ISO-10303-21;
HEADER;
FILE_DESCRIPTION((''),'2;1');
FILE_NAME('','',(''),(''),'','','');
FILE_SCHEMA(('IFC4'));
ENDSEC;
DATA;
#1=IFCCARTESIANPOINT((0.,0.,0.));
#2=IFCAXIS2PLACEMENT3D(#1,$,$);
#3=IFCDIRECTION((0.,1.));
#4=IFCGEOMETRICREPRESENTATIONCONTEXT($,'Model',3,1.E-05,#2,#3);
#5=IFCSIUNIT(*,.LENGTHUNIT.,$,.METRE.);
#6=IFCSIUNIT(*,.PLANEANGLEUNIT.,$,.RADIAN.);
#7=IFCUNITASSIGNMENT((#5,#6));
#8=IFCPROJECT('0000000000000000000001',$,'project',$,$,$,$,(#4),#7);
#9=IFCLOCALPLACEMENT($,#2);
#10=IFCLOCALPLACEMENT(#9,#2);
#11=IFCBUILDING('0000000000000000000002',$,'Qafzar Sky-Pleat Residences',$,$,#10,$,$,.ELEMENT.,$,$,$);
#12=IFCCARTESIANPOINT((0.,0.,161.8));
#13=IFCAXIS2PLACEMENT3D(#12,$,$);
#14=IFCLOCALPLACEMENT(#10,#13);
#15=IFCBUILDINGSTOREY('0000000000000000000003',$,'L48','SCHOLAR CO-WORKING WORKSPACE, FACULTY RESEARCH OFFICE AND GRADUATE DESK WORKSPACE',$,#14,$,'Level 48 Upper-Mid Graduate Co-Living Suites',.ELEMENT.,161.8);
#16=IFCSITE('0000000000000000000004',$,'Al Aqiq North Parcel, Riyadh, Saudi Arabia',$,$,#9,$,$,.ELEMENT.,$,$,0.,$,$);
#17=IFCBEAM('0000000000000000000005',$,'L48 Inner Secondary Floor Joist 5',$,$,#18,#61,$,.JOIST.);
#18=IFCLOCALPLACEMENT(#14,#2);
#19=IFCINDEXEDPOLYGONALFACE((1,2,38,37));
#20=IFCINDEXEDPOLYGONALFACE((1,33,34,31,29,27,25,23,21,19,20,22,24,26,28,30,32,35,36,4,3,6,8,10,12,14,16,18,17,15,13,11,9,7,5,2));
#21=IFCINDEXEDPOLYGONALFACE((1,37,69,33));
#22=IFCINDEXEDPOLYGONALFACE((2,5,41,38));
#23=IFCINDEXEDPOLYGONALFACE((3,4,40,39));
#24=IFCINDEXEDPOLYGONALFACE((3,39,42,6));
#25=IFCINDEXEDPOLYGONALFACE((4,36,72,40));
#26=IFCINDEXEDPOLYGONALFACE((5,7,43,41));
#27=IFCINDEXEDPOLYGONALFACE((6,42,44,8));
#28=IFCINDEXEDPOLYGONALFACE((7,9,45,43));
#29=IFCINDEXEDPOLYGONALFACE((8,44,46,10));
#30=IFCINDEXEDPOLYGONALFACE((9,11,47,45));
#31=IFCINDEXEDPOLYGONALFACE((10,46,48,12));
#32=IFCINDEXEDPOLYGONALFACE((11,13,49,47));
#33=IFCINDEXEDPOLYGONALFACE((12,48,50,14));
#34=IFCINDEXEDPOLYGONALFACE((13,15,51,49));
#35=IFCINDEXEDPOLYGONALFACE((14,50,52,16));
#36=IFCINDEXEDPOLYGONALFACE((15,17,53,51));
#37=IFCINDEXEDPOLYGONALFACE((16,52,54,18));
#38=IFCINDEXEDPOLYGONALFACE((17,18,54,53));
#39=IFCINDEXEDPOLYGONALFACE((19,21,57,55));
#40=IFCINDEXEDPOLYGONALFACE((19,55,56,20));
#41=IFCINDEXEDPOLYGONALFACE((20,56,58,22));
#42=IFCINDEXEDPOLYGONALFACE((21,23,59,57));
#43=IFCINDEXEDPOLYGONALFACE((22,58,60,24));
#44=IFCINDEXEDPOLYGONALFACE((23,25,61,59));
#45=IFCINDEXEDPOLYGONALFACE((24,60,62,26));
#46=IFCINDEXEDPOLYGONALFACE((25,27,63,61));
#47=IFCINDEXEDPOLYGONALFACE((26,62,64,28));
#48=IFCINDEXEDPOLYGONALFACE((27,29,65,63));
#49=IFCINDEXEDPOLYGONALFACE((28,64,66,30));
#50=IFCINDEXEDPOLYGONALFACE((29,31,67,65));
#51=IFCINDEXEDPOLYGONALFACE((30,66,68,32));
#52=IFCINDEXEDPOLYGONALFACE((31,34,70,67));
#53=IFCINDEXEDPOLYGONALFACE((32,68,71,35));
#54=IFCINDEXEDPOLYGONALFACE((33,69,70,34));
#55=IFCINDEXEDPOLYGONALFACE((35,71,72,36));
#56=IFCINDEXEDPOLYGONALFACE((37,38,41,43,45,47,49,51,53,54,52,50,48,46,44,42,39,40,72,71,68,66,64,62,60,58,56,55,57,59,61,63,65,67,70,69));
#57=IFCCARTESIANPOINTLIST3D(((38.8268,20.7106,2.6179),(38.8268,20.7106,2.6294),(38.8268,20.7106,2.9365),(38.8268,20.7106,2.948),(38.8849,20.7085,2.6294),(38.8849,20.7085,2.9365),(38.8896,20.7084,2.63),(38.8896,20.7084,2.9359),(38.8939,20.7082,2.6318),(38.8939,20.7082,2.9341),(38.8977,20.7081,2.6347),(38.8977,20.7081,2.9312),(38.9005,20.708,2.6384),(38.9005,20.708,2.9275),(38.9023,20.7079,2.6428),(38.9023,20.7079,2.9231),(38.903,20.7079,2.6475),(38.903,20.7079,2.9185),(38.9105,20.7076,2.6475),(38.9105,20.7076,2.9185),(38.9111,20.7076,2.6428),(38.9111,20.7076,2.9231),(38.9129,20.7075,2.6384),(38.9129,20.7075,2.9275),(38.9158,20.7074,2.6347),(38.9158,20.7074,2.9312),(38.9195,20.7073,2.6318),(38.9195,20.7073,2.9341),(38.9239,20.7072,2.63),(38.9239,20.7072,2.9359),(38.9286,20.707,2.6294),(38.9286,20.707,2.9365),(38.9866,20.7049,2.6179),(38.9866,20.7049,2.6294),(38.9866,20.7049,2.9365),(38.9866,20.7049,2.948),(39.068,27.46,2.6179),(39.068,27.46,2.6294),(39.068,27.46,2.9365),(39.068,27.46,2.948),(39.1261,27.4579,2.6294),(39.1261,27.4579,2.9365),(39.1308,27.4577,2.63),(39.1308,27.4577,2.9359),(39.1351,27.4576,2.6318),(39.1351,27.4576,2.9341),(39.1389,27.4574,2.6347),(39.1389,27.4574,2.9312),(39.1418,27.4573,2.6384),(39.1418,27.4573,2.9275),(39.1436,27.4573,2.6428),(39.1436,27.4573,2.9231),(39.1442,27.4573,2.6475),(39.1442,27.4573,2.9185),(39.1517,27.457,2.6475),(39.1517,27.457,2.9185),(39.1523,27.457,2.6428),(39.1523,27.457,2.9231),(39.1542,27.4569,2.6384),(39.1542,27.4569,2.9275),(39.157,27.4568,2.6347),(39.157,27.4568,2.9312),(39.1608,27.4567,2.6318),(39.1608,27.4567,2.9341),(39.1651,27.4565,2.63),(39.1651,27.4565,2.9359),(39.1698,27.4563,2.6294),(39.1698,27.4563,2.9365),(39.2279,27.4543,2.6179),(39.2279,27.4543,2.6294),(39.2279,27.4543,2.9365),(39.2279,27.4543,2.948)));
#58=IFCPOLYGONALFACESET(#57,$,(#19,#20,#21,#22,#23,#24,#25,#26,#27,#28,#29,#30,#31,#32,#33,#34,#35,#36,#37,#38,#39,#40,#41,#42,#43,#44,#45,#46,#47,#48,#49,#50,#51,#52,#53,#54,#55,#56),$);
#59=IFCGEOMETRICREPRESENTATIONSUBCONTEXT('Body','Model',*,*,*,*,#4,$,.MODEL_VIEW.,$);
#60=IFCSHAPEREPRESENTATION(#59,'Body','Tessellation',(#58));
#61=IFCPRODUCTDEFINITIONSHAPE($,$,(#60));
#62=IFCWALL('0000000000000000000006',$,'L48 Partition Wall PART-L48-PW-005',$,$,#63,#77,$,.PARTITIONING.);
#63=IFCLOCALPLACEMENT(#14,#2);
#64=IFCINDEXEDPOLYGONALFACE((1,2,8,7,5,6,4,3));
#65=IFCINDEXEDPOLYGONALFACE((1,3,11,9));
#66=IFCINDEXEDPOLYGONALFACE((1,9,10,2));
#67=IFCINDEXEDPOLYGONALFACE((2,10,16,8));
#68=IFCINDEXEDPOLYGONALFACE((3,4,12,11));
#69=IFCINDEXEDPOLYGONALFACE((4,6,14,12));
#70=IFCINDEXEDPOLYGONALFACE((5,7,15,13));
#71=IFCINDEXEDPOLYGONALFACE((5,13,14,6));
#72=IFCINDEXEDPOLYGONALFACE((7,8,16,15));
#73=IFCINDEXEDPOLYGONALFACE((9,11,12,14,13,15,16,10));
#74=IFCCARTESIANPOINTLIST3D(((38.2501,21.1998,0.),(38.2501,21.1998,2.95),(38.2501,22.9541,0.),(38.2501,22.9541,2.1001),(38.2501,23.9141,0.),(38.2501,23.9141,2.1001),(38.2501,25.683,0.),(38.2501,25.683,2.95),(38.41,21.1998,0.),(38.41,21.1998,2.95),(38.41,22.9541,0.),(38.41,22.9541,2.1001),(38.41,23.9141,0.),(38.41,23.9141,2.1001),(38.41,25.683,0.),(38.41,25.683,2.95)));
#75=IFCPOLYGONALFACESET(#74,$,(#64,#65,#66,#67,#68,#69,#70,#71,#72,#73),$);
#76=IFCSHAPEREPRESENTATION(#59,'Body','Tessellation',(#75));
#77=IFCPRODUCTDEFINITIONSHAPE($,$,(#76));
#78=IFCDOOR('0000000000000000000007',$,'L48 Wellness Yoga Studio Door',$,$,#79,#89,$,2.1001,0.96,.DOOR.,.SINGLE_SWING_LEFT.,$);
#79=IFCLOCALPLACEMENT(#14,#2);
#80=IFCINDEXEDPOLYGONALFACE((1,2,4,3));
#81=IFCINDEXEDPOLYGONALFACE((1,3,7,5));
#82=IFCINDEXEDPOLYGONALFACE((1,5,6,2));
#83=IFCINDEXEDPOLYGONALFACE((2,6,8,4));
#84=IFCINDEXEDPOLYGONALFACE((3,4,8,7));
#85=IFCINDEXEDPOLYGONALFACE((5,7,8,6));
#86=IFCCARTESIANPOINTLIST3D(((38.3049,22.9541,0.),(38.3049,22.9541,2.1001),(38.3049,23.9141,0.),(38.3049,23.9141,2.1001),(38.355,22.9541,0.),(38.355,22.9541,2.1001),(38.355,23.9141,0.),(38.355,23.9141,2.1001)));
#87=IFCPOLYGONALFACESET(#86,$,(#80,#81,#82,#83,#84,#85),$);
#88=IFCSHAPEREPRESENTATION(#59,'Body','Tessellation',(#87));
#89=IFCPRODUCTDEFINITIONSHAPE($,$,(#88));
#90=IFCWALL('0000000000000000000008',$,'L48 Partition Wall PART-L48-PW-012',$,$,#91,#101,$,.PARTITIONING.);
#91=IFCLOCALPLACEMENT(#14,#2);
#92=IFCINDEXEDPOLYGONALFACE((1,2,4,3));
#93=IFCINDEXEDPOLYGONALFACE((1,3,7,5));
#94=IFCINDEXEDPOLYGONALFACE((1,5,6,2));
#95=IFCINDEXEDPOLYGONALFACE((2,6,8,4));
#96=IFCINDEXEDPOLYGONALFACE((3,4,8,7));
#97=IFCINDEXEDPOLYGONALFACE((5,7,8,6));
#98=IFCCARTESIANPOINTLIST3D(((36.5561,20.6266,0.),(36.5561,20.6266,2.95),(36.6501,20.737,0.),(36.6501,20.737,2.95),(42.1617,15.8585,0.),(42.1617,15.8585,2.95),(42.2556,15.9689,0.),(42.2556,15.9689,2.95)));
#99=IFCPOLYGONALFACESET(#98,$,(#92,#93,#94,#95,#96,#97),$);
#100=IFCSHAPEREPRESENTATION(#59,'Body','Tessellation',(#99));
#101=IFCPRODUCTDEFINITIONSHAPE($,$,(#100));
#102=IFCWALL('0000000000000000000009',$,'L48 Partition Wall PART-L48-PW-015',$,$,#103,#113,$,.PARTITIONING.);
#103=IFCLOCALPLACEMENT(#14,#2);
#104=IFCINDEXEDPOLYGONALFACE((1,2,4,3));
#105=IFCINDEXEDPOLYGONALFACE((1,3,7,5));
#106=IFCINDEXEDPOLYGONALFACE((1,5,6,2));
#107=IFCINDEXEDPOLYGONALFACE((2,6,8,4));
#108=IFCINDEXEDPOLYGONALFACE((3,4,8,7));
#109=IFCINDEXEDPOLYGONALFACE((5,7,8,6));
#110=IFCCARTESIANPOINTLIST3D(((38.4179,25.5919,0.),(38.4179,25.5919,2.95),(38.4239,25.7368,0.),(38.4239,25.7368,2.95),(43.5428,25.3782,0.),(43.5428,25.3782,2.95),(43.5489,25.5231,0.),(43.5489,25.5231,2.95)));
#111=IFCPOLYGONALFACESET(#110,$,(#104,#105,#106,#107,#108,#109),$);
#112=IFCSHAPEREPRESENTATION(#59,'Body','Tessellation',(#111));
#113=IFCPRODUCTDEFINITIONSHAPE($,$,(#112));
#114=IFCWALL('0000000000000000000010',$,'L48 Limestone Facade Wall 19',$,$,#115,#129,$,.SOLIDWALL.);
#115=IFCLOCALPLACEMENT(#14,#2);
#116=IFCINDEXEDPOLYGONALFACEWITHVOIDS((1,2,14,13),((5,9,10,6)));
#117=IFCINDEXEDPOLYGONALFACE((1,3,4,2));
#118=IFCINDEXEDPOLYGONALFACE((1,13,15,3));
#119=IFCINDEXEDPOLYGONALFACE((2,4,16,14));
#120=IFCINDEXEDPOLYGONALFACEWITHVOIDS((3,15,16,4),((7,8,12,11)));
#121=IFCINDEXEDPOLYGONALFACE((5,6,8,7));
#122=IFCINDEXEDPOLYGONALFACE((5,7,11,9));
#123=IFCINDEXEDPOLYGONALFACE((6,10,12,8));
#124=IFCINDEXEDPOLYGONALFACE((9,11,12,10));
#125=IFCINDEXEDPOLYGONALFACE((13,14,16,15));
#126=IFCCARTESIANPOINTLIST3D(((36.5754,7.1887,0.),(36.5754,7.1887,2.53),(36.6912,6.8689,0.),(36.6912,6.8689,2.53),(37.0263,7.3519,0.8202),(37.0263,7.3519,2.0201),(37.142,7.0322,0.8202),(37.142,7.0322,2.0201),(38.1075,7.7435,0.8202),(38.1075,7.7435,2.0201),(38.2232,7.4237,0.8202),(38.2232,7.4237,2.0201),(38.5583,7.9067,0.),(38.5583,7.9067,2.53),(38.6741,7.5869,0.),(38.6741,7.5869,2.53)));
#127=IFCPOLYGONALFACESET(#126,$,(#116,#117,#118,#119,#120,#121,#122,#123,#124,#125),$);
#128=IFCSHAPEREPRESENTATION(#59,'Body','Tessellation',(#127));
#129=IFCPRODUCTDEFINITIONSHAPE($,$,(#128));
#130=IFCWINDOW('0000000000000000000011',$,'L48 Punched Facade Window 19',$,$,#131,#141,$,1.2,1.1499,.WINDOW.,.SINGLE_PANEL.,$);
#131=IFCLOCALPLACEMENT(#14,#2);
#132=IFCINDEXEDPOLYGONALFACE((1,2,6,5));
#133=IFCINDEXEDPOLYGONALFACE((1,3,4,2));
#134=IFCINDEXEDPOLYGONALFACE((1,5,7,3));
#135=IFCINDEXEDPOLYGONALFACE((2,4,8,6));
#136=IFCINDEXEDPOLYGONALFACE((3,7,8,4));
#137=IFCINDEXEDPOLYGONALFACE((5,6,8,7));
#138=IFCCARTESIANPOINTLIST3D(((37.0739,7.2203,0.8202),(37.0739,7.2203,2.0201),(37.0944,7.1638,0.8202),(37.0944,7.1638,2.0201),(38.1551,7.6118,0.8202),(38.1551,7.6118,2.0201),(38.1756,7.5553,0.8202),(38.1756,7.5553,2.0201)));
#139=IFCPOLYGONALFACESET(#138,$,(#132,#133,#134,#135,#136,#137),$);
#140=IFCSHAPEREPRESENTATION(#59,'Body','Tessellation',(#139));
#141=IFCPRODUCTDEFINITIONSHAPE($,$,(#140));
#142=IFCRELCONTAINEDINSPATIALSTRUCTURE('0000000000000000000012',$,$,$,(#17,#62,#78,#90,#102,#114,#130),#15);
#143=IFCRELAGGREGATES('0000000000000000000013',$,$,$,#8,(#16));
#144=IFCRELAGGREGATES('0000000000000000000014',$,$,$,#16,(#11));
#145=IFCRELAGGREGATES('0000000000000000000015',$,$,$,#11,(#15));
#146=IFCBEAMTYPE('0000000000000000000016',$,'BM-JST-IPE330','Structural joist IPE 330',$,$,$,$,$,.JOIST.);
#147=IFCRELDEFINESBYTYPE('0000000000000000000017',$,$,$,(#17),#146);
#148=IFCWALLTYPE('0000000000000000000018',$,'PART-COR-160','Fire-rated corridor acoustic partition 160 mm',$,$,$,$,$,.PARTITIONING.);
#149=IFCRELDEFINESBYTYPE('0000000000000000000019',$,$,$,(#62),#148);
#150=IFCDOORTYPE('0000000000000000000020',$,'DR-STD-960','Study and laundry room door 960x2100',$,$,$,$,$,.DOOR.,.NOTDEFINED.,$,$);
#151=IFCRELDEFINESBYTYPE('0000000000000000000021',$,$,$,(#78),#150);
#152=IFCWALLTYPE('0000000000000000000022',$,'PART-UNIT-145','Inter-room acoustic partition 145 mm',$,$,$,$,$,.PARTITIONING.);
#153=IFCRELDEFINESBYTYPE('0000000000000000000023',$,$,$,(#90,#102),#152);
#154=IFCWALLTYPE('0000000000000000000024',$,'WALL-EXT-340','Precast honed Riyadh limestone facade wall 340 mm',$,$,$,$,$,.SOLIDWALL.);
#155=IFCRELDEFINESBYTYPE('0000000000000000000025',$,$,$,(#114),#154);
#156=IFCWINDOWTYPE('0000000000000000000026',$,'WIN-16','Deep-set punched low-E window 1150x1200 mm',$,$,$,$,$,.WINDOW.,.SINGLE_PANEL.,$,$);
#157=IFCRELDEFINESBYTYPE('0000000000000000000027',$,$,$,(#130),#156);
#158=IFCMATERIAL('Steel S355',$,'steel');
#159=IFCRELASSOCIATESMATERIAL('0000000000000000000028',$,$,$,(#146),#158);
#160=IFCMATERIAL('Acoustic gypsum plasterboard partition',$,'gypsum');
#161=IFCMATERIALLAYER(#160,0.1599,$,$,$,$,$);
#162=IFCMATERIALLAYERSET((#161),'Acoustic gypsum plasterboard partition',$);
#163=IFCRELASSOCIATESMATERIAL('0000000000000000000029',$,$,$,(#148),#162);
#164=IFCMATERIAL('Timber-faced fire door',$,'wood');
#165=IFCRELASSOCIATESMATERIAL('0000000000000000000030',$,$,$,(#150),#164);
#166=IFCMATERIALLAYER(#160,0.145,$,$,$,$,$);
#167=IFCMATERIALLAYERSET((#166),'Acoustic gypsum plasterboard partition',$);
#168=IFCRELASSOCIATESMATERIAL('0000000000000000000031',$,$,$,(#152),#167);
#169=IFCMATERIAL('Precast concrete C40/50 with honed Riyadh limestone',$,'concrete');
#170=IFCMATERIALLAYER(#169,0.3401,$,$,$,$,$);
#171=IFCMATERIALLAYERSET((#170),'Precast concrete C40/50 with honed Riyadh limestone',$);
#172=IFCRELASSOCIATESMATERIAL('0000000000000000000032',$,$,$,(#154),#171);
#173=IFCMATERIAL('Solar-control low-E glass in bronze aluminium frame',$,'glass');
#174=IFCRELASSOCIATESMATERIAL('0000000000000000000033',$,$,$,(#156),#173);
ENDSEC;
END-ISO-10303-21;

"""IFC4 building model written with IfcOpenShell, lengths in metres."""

from ifc_helpers import new_model, si_unit, direction, frame, frame_2d, origin, origin_2d, place, context, subcontext, project, spatial, rectangle, i_section, extrude, source, transform, mapped, material, layer, layer_set, material_profile, profile_set, type_object, element, fill, save


model = new_model("IFC4")

# Units and contexts
model_context = context("Model", 3, precision=1e-05, world=origin(), true_north=direction((0.0, 1.0)))
body_context = subcontext(model_context, "Body", "Model", "MODEL_VIEW")
ifc_project = project(units=[si_unit("LENGTHUNIT", "METRE"), si_unit("PLANEANGLEUNIT", "RADIAN")], contexts=[model_context])

# Site, building, storey
site_placement = place(None, origin())
site = spatial("IfcSite", under=ifc_project, at=site_placement, Name="Al Aqiq North Parcel, Riyadh, Saudi Arabia", CompositionType="ELEMENT", RefElevation=0.0)
building_placement = place(site_placement, origin())
building = spatial("IfcBuilding", under=site, at=building_placement, Name="Qafzar Sky-Pleat Residences", CompositionType="ELEMENT")
storey_placement = place(building_placement, frame((0.0, 0.0, 161.8)))
storey = spatial("IfcBuildingStorey", under=building, at=storey_placement, Name="L48", Description="SCHOLAR CO-WORKING WORKSPACE, FACULTY RESEARCH OFFICE AND GRADUATE DESK WORKSPACE", LongName="Level 48 Upper-Mid Graduate Co-Living Suites", CompositionType="ELEMENT", Elevation=161.8)

# Shared definitions
ifc_material_1 = material(Name="Steel S355", Category="steel")

# Beam
ifc_material_profile_1 = material_profile(ifc_material_1, i_section(OverallWidth=0.1599, OverallDepth=0.3301, WebThickness=0.0076, FlangeThickness=0.0115, FilletRadius=0.0181, at=origin_2d()), Name="IPE 330")
ifc_profile_set_1 = profile_set([ifc_material_profile_1], Name="Steel S355")
beam_type_1 = type_object("IfcBeamType", Name="BM-JST-IPE330", Description="Structural joist IPE 330", PredefinedType="JOIST", material=ifc_profile_set_1)
shared_shape_1 = source(origin(), body_context, "Body", "SweptSolid", [
    extrude(i_section(OverallWidth=0.1599, OverallDepth=0.3301, WebThickness=0.0076, FlangeThickness=0.0115, FilletRadius=0.0181, at=origin_2d()), origin(), (0.0, 0.0, 1.0), 6.7537),
])
beam_1_placement = place(storey_placement, frame((38.9067, 20.7078, 2.783), z_axis=(0.035716, 0.999362, 0.0), x_axis=(-0.999362, 0.035716, 0.0)))
element("IfcBeam", 1, at=beam_1_placement, inside=storey, type_object=beam_type_1, Name="L48 Inner Secondary Floor Joist 5", PredefinedType="JOIST", context=body_context, shape_type="MappedRepresentation", body=[
    mapped(shared_shape_1, transform((0.0, 0.0, 0.0), x_axis=(1.0, 0.0, 0.0), y_axis=(0.0, 1.0, 0.0), z_axis=(0.0, 0.0, 1.0), scale=1.0)),
])

# Wall, opening, door
ifc_material_2 = material(Name="Acoustic gypsum plasterboard partition", Category="gypsum")
ifc_layer_1 = layer(ifc_material_2, 0.1599)
ifc_layer_set_1 = layer_set([ifc_layer_1], Name="Acoustic gypsum plasterboard partition")
wall_type_1 = type_object("IfcWallType", Name="PART-COR-160", Description="Fire-rated corridor acoustic partition 160 mm", PredefinedType="PARTITIONING", material=ifc_layer_set_1)
wall_1_placement = place(storey_placement, frame((38.3301, 25.6831, 0.0), z_axis=(0.0, 0.0, 1.0), x_axis=(0.0, -1.0, 0.0)))
wall_1 = element("IfcWall", 2, at=wall_1_placement, inside=storey, type_object=wall_type_1, Name="L48 Partition Wall PART-L48-PW-005", PredefinedType="PARTITIONING", context=body_context, shape_type="SweptSolid", body=[
    extrude(rectangle(XDim=4.4832, YDim=0.1599, at=frame_2d((2.2417, 0.0))), origin(), (0.0, 0.0, 1.0), 2.95),
])
opening_1_placement = place(wall_1_placement, frame((1.769, 0.0, 0.0)))
opening_1 = element("IfcOpeningElement", 3, at=opening_1_placement, cuts=wall_1, PredefinedType="OPENING", context=body_context, shape_type="SweptSolid", body=[
    extrude(rectangle(XDim=0.96, YDim=2.1001, at=frame_2d((0.48, 1.05))), frame((0.0, 0.0898, 0.0), z_axis=(0.0, -1.0, 0.0), x_axis=(1.0, 0.0, 0.0)), (0.0, 0.0, 1.0), 0.1799),
])
ifc_material_3 = material(Name="Timber-faced fire door", Category="wood")
door_type = type_object("IfcDoorType", Name="DR-STD-960", Description="Study and laundry room door 960x2100", OperationType="NOTDEFINED", PredefinedType="DOOR", material=ifc_material_3)
shared_shape_2 = source(origin(), body_context, "Body", "SweptSolid", [
    extrude(rectangle(XDim=0.96, YDim=2.1001, at=frame_2d((0.48, 1.05))), frame((0.0, 0.0249, 0.0), z_axis=(0.0, -1.0, 0.0), x_axis=(1.0, 0.0, 0.0)), (0.0, 0.0, 1.0), 0.05),
])
door_placement = place(opening_1_placement, origin())
door = element("IfcDoor", 4, at=door_placement, inside=storey, type_object=door_type, Name="L48 Wellness Yoga Studio Door", OperationType="SINGLE_SWING_LEFT", OverallHeight=2.1001, OverallWidth=0.96, PredefinedType="DOOR", context=body_context, shape_type="MappedRepresentation", body=[
    mapped(shared_shape_2, transform((0.0, 0.0, 0.0), x_axis=(1.0, 0.0, 0.0), y_axis=(0.0, 1.0, 0.0), z_axis=(0.0, 0.0, 1.0), scale=1.0)),
])
fill(opening_1, door)

# Walls
ifc_layer_2 = layer(ifc_material_2, 0.145)
ifc_layer_set_2 = layer_set([ifc_layer_2], Name="Acoustic gypsum plasterboard partition")
wall_type_2 = type_object("IfcWallType", Name="PART-UNIT-145", Description="Inter-room acoustic partition 145 mm", PredefinedType="PARTITIONING", material=ifc_layer_set_2)
wall_2_placement = place(storey_placement, frame((36.603, 20.6819, 0.0), z_axis=(0.0, 0.0, 1.0), x_axis=(0.76171, -0.647918, 0.0)))
element("IfcWall", 5, at=wall_2_placement, inside=storey, type_object=wall_type_2, Name="L48 Partition Wall PART-L48-PW-012", PredefinedType="PARTITIONING", context=body_context, shape_type="SweptSolid", body=[
    extrude(rectangle(XDim=7.3591, YDim=0.145, at=frame_2d((3.6797, 0.0))), origin(), (0.0, 0.0, 1.0), 2.95),
])
wall_3_placement = place(storey_placement, frame((38.4209, 25.6643, 0.0), z_axis=(0.0, 0.0, 1.0), x_axis=(0.999132, -0.041646, 0.0)))
element("IfcWall", 6, at=wall_3_placement, inside=storey, type_object=wall_type_2, Name="L48 Partition Wall PART-L48-PW-015", PredefinedType="PARTITIONING", context=body_context, shape_type="SweptSolid", body=[
    extrude(rectangle(XDim=5.1294, YDim=0.145, at=frame_2d((2.5647, 0.0))), origin(), (0.0, 0.0, 1.0), 2.95),
])

# Wall, opening, window
ifc_material_4 = material(Name="Precast concrete C40/50 with honed Riyadh limestone", Category="concrete")
ifc_layer_3 = layer(ifc_material_4, 0.3401)
ifc_layer_set_3 = layer_set([ifc_layer_3], Name="Precast concrete C40/50 with honed Riyadh limestone")
wall_type_3 = type_object("IfcWallType", Name="WALL-EXT-340", Description="Precast honed Riyadh limestone facade wall 340 mm", PredefinedType="SOLIDWALL", material=ifc_layer_set_3)
wall_4_placement = place(storey_placement, frame((36.6333, 7.0288, 0.0), z_axis=(0.0, 0.0, 1.0), x_axis=(0.940256, 0.340469, 0.0)))
wall_4 = element("IfcWall", 7, at=wall_4_placement, inside=storey, type_object=wall_type_3, Name="L48 Limestone Facade Wall 19", PredefinedType="SOLIDWALL", context=body_context, shape_type="SweptSolid", body=[
    extrude(rectangle(XDim=2.1089, YDim=0.3401, at=frame_2d((1.0544, 0.0))), origin(), (0.0, 0.0, 1.0), 2.53),
])
opening_2_placement = place(wall_4_placement, frame((0.4795, 0.0, 0.8201)))
opening_2 = element("IfcOpeningElement", 8, at=opening_2_placement, cuts=wall_4, PredefinedType="OPENING", context=body_context, shape_type="SweptSolid", body=[
    extrude(rectangle(XDim=1.1499, YDim=1.2, at=frame_2d((0.575, 0.6001))), frame((0.0, 0.1802, 0.0), z_axis=(0.0, -1.0, 0.0), x_axis=(1.0, 0.0, 0.0)), (0.0, 0.0, 1.0), 0.3601),
])
ifc_material_5 = material(Name="Solar-control low-E glass in bronze aluminium frame", Category="glass")
window_type_1 = type_object("IfcWindowType", Name="WIN-16", Description="Deep-set punched low-E window 1150x1200 mm", PartitioningType="SINGLE_PANEL", PredefinedType="WINDOW", material=ifc_material_5)
shared_shape_3 = source(origin(), body_context, "Body", "SweptSolid", [
    extrude(rectangle(XDim=1.1499, YDim=1.2, at=frame_2d((0.575, 0.6001))), frame((0.0, 0.03, 0.0), z_axis=(0.0, -1.0, 0.0), x_axis=(1.0, 0.0, 0.0)), (0.0, 0.0, 1.0), 0.0601),
])
window_1_placement = place(opening_2_placement, origin())
window_1 = element("IfcWindow", 9, at=window_1_placement, inside=storey, type_object=window_type_1, Name="L48 Punched Facade Window 19", OverallHeight=1.2, OverallWidth=1.1499, PartitioningType="SINGLE_PANEL", PredefinedType="WINDOW", context=body_context, shape_type="MappedRepresentation", body=[
    mapped(shared_shape_3, transform((0.0, 0.0, 0.0), x_axis=(1.0, 0.0, 0.0), y_axis=(0.0, 1.0, 0.0), z_axis=(0.0, 0.0, 1.0), scale=1.0)),
])
fill(opening_2, window_1)

save(model, "model.ifc")
